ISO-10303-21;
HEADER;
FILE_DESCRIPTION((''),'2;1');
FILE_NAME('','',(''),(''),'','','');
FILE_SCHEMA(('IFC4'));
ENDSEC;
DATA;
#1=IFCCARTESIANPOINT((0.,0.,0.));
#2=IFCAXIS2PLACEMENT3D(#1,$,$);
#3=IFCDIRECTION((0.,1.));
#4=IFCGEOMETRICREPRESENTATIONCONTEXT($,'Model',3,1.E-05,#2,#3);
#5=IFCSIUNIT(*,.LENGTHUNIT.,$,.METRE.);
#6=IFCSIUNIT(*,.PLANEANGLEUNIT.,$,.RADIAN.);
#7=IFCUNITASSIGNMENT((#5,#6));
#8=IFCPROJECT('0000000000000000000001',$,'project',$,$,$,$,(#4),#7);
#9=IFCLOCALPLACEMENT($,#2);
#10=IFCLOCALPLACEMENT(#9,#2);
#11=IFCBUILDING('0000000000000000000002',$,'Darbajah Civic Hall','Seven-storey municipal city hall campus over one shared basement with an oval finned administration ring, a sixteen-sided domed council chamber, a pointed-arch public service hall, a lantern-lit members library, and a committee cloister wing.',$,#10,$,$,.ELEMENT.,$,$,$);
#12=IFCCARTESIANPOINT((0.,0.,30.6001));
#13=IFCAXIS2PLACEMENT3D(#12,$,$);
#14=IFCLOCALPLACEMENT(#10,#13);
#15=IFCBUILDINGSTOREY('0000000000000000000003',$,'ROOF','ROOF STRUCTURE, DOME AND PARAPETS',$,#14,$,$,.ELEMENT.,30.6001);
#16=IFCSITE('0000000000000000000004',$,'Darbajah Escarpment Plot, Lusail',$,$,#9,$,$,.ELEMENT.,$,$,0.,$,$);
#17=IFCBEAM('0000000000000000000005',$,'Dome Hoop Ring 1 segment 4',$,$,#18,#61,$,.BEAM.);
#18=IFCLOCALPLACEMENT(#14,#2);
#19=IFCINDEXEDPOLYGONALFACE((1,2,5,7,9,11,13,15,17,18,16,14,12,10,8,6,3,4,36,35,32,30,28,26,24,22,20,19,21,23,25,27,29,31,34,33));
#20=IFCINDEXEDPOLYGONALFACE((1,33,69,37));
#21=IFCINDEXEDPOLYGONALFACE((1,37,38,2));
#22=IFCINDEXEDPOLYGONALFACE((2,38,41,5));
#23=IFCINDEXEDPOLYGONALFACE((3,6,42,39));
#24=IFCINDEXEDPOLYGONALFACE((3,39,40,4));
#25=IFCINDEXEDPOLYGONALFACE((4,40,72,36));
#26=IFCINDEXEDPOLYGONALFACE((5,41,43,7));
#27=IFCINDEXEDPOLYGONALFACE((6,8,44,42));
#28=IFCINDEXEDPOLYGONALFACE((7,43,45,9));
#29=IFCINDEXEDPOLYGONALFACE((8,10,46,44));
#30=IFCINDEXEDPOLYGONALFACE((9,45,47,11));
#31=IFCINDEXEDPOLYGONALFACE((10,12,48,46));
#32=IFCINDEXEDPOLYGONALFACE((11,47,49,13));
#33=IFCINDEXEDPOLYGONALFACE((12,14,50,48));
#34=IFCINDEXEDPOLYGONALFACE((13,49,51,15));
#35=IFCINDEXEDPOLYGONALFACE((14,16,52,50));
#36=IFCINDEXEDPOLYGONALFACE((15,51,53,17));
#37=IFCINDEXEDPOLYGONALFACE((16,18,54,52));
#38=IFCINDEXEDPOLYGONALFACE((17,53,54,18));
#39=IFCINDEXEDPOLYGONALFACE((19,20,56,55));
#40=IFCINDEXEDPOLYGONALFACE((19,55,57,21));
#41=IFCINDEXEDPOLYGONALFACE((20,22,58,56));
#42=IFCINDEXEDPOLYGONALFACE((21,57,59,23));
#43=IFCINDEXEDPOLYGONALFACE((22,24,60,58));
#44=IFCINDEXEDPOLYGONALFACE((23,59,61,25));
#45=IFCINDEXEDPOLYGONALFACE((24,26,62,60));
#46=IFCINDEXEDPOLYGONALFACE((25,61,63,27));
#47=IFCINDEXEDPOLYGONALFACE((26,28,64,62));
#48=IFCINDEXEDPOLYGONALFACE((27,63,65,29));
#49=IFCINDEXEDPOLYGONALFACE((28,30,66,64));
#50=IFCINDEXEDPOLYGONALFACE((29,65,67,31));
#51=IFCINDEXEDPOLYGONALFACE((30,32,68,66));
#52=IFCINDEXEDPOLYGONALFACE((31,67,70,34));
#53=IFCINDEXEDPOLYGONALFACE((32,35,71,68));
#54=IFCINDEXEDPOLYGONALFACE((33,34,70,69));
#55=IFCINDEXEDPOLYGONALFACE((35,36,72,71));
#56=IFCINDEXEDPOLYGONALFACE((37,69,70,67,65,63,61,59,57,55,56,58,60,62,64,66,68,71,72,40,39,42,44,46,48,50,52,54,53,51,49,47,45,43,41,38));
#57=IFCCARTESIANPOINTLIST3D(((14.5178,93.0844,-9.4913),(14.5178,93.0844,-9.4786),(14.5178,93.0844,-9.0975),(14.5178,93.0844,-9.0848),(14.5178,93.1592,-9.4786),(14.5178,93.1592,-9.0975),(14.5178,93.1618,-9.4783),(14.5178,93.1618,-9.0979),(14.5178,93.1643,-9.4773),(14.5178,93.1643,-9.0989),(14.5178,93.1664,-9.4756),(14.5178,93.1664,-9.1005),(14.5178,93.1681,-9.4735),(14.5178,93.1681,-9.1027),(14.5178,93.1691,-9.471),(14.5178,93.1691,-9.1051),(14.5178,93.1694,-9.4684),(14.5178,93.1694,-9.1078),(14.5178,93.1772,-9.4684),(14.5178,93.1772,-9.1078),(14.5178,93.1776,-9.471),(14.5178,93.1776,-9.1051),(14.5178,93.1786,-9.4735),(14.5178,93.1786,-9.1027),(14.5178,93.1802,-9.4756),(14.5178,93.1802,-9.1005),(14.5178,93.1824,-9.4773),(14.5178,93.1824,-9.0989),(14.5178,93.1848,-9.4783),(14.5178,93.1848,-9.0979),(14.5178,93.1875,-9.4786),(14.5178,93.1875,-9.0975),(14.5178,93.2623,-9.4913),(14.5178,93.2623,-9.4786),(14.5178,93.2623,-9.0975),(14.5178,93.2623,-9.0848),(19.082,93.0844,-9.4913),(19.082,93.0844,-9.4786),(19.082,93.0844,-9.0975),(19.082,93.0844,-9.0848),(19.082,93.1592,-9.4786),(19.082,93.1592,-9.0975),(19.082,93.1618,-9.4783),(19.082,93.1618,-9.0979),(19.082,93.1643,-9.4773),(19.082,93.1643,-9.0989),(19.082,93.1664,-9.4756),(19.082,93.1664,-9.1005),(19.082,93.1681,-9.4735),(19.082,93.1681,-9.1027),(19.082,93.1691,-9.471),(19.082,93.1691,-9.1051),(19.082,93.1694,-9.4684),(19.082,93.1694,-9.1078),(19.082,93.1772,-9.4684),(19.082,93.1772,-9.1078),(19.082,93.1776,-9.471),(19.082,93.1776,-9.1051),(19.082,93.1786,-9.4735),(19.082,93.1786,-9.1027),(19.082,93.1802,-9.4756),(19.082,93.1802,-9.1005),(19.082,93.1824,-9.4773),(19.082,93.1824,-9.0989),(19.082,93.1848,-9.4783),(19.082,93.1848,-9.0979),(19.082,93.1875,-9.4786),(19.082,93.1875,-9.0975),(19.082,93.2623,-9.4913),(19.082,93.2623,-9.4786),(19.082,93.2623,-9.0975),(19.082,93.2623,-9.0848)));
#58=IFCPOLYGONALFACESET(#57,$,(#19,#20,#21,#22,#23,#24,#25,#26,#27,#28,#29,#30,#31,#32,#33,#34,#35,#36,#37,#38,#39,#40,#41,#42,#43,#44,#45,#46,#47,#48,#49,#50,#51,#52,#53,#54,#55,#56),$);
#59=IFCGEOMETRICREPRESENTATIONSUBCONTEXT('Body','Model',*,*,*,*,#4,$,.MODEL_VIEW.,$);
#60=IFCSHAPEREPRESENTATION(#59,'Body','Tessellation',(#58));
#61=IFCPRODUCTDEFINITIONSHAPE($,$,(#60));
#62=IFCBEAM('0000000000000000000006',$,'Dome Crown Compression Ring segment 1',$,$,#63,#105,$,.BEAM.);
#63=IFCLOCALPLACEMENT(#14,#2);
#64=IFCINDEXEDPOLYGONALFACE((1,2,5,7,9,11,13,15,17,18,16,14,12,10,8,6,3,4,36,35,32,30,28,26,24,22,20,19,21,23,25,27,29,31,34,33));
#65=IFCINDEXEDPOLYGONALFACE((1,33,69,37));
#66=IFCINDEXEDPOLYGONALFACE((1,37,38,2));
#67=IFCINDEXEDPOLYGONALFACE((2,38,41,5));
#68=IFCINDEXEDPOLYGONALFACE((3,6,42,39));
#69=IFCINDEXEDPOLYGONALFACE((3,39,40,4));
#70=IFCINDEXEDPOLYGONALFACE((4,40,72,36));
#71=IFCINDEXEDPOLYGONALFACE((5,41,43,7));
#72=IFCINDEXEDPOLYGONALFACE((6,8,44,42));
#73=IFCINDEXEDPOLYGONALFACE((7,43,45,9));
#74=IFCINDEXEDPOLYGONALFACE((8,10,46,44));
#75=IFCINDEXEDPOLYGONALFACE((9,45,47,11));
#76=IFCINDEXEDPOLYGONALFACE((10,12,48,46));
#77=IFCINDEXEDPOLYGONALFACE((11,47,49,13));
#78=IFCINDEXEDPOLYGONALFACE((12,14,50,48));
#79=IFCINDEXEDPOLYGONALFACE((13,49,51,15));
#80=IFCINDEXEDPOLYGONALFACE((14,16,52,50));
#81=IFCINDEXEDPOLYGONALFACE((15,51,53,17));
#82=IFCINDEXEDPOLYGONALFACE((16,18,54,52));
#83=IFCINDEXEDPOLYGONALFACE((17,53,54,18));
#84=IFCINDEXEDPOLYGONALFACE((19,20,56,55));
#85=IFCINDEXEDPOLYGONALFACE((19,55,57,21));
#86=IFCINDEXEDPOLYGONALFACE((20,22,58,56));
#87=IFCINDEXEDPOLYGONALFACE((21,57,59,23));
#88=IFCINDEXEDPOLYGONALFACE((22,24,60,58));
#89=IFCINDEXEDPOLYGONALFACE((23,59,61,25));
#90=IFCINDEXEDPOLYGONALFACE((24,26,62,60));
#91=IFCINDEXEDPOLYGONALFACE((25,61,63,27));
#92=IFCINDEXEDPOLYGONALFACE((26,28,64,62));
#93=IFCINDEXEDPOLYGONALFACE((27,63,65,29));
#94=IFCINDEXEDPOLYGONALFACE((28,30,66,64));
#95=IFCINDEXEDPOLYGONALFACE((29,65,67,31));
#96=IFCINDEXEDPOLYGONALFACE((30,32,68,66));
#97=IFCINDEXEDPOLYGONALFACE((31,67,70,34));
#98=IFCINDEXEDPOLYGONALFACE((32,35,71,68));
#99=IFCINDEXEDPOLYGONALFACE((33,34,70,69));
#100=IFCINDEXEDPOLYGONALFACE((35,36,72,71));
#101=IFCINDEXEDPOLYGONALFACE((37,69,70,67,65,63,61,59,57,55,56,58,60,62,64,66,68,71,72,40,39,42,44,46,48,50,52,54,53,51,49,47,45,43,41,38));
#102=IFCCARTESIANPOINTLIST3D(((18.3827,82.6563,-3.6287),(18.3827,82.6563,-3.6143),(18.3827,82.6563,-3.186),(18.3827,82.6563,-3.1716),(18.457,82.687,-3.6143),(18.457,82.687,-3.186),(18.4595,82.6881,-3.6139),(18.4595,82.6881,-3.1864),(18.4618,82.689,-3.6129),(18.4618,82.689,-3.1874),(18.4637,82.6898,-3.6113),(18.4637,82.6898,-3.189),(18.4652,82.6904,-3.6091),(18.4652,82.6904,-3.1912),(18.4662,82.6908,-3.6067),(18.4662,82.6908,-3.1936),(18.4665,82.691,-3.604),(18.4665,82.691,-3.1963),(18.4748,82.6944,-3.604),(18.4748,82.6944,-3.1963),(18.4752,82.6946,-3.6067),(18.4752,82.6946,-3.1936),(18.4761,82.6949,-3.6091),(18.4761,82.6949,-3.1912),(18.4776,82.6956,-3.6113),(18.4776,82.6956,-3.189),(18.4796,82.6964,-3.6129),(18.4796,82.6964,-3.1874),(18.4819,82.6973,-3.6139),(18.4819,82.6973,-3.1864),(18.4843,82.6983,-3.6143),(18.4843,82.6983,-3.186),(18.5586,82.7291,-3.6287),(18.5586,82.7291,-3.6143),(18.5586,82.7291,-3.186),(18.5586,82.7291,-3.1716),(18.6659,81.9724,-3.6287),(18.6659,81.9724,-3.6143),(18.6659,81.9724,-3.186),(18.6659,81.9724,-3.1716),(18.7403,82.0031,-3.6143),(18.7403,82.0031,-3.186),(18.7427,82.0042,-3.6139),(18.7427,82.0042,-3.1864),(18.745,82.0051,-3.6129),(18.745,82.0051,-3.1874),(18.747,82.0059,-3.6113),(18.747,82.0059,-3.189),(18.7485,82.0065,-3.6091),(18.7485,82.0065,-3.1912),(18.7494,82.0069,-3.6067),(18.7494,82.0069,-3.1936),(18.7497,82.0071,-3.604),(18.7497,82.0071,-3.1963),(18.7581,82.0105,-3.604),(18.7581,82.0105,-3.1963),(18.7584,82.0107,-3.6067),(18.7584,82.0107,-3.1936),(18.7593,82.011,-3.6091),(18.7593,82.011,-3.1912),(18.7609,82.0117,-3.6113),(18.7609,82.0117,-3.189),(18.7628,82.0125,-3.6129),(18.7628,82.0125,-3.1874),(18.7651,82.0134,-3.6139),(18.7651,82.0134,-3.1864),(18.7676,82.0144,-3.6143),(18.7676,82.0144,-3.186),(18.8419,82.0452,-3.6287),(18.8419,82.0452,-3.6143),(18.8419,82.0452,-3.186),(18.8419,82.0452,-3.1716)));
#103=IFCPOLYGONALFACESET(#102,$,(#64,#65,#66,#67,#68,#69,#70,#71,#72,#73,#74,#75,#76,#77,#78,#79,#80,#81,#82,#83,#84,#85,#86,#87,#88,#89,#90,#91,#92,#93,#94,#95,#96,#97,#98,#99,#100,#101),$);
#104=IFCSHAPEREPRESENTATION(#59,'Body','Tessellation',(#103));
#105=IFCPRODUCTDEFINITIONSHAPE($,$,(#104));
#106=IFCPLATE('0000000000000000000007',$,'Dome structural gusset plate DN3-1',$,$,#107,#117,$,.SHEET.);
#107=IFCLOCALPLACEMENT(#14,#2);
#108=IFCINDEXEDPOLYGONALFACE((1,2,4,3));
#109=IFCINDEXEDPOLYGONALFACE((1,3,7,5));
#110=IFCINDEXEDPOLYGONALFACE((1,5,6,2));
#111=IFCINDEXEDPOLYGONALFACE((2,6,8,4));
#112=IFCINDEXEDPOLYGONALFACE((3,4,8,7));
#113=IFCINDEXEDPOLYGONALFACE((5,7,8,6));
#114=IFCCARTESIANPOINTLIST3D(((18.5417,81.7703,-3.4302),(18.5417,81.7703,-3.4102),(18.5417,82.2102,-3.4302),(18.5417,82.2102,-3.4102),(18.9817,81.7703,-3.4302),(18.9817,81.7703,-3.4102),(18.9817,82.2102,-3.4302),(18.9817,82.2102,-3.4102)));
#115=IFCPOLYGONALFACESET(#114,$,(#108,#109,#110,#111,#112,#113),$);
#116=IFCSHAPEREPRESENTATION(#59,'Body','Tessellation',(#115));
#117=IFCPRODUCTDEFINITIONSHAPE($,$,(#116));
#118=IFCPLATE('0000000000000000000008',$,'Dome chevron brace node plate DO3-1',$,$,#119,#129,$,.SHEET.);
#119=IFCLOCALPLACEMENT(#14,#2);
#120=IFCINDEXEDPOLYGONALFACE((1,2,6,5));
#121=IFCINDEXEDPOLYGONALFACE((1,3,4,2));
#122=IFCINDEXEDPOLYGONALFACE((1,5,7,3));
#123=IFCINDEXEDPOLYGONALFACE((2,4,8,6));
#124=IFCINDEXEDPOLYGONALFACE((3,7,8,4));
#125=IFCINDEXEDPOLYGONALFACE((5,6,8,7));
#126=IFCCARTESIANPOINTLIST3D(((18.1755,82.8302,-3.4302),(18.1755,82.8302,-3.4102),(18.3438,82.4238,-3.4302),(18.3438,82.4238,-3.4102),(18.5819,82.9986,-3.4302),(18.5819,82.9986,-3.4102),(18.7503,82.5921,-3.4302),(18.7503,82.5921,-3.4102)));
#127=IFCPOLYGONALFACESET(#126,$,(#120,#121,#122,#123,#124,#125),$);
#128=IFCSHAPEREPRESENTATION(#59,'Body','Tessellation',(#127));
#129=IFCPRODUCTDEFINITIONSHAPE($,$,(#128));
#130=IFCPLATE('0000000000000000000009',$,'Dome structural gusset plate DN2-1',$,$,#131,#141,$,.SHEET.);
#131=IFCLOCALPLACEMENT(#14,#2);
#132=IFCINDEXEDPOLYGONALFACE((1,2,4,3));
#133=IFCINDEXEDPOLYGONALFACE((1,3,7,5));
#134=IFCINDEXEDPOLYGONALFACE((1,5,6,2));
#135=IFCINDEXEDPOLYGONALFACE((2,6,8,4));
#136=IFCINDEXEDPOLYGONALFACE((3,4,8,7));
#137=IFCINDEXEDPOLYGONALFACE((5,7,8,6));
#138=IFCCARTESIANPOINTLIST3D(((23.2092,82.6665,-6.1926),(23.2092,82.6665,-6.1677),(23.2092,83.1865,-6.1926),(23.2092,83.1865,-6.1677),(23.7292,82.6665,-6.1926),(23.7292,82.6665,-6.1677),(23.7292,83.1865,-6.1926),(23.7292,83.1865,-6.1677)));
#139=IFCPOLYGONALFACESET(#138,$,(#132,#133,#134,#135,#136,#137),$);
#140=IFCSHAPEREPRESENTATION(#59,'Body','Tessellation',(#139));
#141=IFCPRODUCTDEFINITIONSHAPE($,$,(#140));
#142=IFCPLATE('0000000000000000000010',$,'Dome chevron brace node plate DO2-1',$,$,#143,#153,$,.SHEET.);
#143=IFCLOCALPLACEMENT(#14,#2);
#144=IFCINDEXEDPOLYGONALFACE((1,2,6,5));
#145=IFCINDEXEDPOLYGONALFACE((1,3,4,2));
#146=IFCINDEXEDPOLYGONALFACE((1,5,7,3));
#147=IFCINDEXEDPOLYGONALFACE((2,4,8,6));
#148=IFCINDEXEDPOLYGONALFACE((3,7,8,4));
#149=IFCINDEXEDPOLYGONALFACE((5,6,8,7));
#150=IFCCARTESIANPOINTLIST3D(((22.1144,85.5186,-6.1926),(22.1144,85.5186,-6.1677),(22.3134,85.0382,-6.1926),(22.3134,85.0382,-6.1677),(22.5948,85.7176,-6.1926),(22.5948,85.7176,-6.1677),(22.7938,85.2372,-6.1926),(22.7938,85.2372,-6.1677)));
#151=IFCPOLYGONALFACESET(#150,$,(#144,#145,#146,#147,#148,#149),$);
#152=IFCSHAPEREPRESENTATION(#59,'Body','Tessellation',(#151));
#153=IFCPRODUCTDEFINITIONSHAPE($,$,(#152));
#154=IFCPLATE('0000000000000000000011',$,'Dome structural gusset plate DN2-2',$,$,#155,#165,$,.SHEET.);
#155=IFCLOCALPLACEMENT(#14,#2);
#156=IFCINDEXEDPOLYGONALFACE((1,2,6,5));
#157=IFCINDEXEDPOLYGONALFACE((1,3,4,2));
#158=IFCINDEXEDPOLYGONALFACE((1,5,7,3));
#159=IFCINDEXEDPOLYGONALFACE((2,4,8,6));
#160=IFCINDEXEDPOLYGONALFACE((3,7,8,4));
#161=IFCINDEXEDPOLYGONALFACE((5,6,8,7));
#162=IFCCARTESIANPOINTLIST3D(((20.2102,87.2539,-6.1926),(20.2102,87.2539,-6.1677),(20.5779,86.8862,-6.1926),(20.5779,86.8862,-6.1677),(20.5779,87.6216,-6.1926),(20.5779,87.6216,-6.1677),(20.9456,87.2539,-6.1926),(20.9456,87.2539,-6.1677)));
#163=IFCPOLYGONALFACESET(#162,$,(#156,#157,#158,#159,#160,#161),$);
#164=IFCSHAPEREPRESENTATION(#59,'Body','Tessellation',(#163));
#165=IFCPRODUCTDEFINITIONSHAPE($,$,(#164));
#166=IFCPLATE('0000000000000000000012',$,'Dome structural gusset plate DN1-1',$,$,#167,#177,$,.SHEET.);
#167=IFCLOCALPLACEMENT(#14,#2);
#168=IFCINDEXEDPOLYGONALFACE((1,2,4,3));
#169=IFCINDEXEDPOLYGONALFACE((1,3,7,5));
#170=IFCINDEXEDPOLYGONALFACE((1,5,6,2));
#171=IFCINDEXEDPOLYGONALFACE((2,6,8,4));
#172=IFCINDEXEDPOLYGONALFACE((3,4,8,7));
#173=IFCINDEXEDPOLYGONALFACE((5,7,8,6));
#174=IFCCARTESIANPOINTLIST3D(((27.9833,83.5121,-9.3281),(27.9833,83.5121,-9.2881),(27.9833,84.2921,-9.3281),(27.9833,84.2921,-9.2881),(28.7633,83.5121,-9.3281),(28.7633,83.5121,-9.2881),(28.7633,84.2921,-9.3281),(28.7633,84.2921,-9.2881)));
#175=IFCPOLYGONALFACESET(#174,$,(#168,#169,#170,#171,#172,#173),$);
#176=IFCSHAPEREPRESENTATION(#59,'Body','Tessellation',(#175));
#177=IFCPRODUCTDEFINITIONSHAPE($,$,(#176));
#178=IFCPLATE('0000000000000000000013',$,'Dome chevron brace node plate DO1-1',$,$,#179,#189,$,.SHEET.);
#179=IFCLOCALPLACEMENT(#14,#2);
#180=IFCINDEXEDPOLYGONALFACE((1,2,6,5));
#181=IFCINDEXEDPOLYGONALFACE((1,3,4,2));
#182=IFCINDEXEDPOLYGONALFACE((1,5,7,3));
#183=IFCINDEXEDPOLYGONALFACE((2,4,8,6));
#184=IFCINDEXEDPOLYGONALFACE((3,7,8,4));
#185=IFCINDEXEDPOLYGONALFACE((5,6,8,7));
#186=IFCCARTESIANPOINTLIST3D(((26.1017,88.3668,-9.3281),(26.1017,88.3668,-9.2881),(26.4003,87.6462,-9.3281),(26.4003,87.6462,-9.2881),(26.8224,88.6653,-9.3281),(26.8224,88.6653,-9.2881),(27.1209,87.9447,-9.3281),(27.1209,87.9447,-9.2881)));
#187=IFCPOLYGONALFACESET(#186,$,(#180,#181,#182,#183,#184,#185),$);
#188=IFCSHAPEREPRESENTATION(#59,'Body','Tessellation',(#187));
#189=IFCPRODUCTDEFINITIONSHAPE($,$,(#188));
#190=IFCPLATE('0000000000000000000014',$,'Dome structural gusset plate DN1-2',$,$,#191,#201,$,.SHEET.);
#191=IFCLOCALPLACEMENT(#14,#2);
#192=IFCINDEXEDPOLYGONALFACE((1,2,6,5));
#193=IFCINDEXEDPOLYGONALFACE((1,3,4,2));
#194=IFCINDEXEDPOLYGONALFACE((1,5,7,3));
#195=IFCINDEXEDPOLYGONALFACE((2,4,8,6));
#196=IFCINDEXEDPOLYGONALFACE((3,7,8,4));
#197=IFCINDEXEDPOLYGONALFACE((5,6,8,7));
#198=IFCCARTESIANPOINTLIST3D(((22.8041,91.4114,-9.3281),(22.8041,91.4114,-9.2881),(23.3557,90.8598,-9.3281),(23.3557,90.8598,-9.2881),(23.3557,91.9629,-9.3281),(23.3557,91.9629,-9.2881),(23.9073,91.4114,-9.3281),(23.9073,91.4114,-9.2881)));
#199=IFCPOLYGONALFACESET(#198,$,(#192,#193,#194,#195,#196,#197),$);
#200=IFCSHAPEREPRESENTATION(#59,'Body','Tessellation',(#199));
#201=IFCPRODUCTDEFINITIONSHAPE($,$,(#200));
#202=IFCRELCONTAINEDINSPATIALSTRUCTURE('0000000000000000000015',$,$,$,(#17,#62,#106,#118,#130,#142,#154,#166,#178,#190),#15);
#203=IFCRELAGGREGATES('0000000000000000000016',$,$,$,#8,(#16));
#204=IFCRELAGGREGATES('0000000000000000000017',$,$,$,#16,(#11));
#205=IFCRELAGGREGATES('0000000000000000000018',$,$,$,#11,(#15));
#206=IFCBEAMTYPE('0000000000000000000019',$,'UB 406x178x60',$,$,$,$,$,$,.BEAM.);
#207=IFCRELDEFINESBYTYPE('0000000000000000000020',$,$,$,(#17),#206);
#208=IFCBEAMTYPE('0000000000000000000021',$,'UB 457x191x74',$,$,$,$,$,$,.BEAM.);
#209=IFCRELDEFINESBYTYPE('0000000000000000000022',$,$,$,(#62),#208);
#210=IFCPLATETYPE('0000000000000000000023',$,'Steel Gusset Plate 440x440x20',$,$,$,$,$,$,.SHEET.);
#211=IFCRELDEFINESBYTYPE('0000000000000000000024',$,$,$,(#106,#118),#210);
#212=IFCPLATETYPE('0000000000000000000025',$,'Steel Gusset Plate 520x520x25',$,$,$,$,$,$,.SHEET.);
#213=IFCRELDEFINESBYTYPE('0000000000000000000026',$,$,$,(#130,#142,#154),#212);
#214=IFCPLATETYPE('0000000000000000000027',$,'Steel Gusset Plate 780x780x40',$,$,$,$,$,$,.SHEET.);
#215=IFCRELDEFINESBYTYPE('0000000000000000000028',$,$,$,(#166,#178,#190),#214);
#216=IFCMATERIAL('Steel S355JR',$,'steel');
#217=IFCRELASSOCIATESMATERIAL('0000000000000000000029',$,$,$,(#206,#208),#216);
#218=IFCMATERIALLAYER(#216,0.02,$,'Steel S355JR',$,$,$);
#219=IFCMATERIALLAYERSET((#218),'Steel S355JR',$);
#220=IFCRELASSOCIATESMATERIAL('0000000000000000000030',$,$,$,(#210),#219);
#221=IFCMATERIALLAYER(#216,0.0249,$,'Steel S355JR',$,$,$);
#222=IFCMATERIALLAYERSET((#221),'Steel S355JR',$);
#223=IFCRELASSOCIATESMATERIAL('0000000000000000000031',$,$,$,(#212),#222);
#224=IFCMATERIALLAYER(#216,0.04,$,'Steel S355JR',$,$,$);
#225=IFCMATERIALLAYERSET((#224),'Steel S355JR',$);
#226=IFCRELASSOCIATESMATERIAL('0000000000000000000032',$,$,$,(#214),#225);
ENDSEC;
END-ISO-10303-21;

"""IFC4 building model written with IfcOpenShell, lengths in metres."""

from ifc_helpers import new_model, si_unit, direction, frame, origin, origin_2d, place, context, subcontext, project, spatial, rectangle, i_section, extrude, material, layer, layer_set, material_profile, profile_set, type_object, element, save


model = new_model("IFC4")

# Units and contexts
model_context = context("Model", 3, precision=1e-05, world=origin(), true_north=direction((0.0, 1.0)))
body_context = subcontext(model_context, "Body", "Model", "MODEL_VIEW")
ifc_project = project(units=[si_unit("LENGTHUNIT", "METRE"), si_unit("PLANEANGLEUNIT", "RADIAN")], contexts=[model_context])

# Site, building, storey
site_placement = place(None, origin())
site = spatial("IfcSite", under=ifc_project, at=site_placement, Name="Darbajah Escarpment Plot, Lusail", CompositionType="ELEMENT", RefElevation=0.0)
building_placement = place(site_placement, origin())
building = spatial("IfcBuilding", under=site, at=building_placement, Name="Darbajah Civic Hall", Description="Seven-storey municipal city hall campus over one shared basement with an oval finned administration ring, a sixteen-sided domed council chamber, a pointed-arch public service hall, a lantern-lit members library, and a committee cloister wing.", CompositionType="ELEMENT")
storey_placement = place(building_placement, frame((0.0, 0.0, 30.6001)))
storey = spatial("IfcBuildingStorey", under=building, at=storey_placement, Name="ROOF", Description="ROOF STRUCTURE, DOME AND PARAPETS", CompositionType="ELEMENT", Elevation=30.6001)

# Shared definitions
ifc_material = material(Name="Steel S355JR", Category="steel")

# Beams
ifc_material_profile_1 = material_profile(ifc_material, i_section(OverallWidth=0.178, OverallDepth=0.4065, WebThickness=0.0078, FlangeThickness=0.0127, FilletRadius=0.0103, at=origin_2d()), Name="UB 406x178x60")
ifc_profile_set_1 = profile_set([ifc_material_profile_1], Name="Steel S355JR")
beam_type_1 = type_object("IfcBeamType", Name="UB 406x178x60", PredefinedType="BEAM", material=ifc_profile_set_1)
beam_1_placement = place(storey_placement, frame((19.082, 93.1733, -9.2881), z_axis=(-1.0, 0.0, 0.0), x_axis=(0.0, -1.0, 0.0)))
element("IfcBeam", 1, at=beam_1_placement, inside=storey, type_object=beam_type_1, Name="Dome Hoop Ring 1 segment 4", PredefinedType="BEAM", context=body_context, shape_type="SweptSolid", body=[
    extrude(i_section(OverallWidth=0.178, OverallDepth=0.4065, WebThickness=0.0078, FlangeThickness=0.0127, FilletRadius=0.0103, at=origin_2d()), origin(), (0.0, 0.0, 1.0), 4.5642),
])
ifc_material_profile_2 = material_profile(ifc_material, i_section(OverallWidth=0.1904, OverallDepth=0.457, WebThickness=0.009, FlangeThickness=0.0144, FilletRadius=0.0103, at=origin_2d()), Name="UB 457x191x74")
ifc_profile_set_2 = profile_set([ifc_material_profile_2], Name="Steel S355JR")
beam_type_2 = type_object("IfcBeamType", Name="UB 457x191x74", PredefinedType="BEAM", material=ifc_profile_set_2)
beam_2_placement = place(storey_placement, frame((18.7539, 82.0088, -3.4001), z_axis=(-0.382624, 0.923904, 0.0), x_axis=(-0.923904, -0.382624, 0.0)))
element("IfcBeam", 2, at=beam_2_placement, inside=storey, type_object=beam_type_2, Name="Dome Crown Compression Ring segment 1", PredefinedType="BEAM", context=body_context, shape_type="SweptSolid", body=[
    extrude(i_section(OverallWidth=0.1904, OverallDepth=0.457, WebThickness=0.009, FlangeThickness=0.0144, FilletRadius=0.0103, at=origin_2d()), origin(), (0.0, 0.0, 1.0), 0.7402),
])

# Plates
ifc_layer_1 = layer(ifc_material, 0.02, Name="Steel S355JR")
ifc_layer_set_1 = layer_set([ifc_layer_1], Name="Steel S355JR")
plate_type_1 = type_object("IfcPlateType", Name="Steel Gusset Plate 440x440x20", PredefinedType="SHEET", material=ifc_layer_set_1)
for number, where, z_axis, x_axis, name in (
    (3, (18.7617, 81.9902, -3.4302), (0.0, 0.0, 1.0), (1.0, 0.0, 0.0), "Dome structural gusset plate DN3-1"),
    (4, (18.4629, 82.7112, -3.4302), (0.0, 0.0, 1.0), (0.92388, 0.382683, 0.0), "Dome chevron brace node plate DO3-1"),
):
    element("IfcPlate", number, at=place(storey_placement, frame(where, z_axis=z_axis, x_axis=x_axis)), inside=storey, type_object=plate_type_1, Name=name, PredefinedType="SHEET", context=body_context, shape_type="SweptSolid", body=[
        extrude(rectangle(XDim=0.4399, YDim=0.4399, at=origin_2d()), origin(), (0.0, 0.0, 1.0), 0.02),
    ])
ifc_layer_2 = layer(ifc_material, 0.0249, Name="Steel S355JR")
ifc_layer_set_2 = layer_set([ifc_layer_2], Name="Steel S355JR")
plate_type_2 = type_object("IfcPlateType", Name="Steel Gusset Plate 520x520x25", PredefinedType="SHEET", material=ifc_layer_set_2)
for number, where, z_axis, x_axis, name in (
    (5, (23.4692, 82.9265, -6.1926), (0.0, 0.0, 1.0), (1.0, 0.0, 0.0), "Dome structural gusset plate DN2-1"),
    (6, (22.4541, 85.3779, -6.1926), (0.0, 0.0, 1.0), (0.92388, 0.382683, 0.0), "Dome chevron brace node plate DO2-1"),
    (7, (20.5779, 87.2539, -6.1926), (0.0, 0.0, 1.0), (0.707107, 0.707107, 0.0), "Dome structural gusset plate DN2-2"),
):
    element("IfcPlate", number, at=place(storey_placement, frame(where, z_axis=z_axis, x_axis=x_axis)), inside=storey, type_object=plate_type_2, Name=name, PredefinedType="SHEET", context=body_context, shape_type="SweptSolid", body=[
        extrude(rectangle(XDim=0.52, YDim=0.52, at=origin_2d()), origin(), (0.0, 0.0, 1.0), 0.0249),
    ])
ifc_layer_3 = layer(ifc_material, 0.04, Name="Steel S355JR")
ifc_layer_set_3 = layer_set([ifc_layer_3], Name="Steel S355JR")
plate_type_3 = type_object("IfcPlateType", Name="Steel Gusset Plate 780x780x40", PredefinedType="SHEET", material=ifc_layer_set_3)
for number, where, z_axis, x_axis, name in (
    (8, (28.3733, 83.9021, -9.3281), (0.0, 0.0, 1.0), (1.0, 0.0, 0.0), "Dome structural gusset plate DN1-1"),
    (9, (26.6113, 88.1558, -9.3281), (0.0, 0.0, 1.0), (0.92388, 0.382683, 0.0), "Dome chevron brace node plate DO1-1"),
    (10, (23.3557, 91.4114, -9.3281), (0.0, 0.0, 1.0), (0.707107, 0.707107, 0.0), "Dome structural gusset plate DN1-2"),
):
    element("IfcPlate", number, at=place(storey_placement, frame(where, z_axis=z_axis, x_axis=x_axis)), inside=storey, type_object=plate_type_3, Name=name, PredefinedType="SHEET", context=body_context, shape_type="SweptSolid", body=[
        extrude(rectangle(XDim=0.78, YDim=0.78, at=origin_2d()), origin(), (0.0, 0.0, 1.0), 0.04),
    ])

save(model, "model.ifc")
